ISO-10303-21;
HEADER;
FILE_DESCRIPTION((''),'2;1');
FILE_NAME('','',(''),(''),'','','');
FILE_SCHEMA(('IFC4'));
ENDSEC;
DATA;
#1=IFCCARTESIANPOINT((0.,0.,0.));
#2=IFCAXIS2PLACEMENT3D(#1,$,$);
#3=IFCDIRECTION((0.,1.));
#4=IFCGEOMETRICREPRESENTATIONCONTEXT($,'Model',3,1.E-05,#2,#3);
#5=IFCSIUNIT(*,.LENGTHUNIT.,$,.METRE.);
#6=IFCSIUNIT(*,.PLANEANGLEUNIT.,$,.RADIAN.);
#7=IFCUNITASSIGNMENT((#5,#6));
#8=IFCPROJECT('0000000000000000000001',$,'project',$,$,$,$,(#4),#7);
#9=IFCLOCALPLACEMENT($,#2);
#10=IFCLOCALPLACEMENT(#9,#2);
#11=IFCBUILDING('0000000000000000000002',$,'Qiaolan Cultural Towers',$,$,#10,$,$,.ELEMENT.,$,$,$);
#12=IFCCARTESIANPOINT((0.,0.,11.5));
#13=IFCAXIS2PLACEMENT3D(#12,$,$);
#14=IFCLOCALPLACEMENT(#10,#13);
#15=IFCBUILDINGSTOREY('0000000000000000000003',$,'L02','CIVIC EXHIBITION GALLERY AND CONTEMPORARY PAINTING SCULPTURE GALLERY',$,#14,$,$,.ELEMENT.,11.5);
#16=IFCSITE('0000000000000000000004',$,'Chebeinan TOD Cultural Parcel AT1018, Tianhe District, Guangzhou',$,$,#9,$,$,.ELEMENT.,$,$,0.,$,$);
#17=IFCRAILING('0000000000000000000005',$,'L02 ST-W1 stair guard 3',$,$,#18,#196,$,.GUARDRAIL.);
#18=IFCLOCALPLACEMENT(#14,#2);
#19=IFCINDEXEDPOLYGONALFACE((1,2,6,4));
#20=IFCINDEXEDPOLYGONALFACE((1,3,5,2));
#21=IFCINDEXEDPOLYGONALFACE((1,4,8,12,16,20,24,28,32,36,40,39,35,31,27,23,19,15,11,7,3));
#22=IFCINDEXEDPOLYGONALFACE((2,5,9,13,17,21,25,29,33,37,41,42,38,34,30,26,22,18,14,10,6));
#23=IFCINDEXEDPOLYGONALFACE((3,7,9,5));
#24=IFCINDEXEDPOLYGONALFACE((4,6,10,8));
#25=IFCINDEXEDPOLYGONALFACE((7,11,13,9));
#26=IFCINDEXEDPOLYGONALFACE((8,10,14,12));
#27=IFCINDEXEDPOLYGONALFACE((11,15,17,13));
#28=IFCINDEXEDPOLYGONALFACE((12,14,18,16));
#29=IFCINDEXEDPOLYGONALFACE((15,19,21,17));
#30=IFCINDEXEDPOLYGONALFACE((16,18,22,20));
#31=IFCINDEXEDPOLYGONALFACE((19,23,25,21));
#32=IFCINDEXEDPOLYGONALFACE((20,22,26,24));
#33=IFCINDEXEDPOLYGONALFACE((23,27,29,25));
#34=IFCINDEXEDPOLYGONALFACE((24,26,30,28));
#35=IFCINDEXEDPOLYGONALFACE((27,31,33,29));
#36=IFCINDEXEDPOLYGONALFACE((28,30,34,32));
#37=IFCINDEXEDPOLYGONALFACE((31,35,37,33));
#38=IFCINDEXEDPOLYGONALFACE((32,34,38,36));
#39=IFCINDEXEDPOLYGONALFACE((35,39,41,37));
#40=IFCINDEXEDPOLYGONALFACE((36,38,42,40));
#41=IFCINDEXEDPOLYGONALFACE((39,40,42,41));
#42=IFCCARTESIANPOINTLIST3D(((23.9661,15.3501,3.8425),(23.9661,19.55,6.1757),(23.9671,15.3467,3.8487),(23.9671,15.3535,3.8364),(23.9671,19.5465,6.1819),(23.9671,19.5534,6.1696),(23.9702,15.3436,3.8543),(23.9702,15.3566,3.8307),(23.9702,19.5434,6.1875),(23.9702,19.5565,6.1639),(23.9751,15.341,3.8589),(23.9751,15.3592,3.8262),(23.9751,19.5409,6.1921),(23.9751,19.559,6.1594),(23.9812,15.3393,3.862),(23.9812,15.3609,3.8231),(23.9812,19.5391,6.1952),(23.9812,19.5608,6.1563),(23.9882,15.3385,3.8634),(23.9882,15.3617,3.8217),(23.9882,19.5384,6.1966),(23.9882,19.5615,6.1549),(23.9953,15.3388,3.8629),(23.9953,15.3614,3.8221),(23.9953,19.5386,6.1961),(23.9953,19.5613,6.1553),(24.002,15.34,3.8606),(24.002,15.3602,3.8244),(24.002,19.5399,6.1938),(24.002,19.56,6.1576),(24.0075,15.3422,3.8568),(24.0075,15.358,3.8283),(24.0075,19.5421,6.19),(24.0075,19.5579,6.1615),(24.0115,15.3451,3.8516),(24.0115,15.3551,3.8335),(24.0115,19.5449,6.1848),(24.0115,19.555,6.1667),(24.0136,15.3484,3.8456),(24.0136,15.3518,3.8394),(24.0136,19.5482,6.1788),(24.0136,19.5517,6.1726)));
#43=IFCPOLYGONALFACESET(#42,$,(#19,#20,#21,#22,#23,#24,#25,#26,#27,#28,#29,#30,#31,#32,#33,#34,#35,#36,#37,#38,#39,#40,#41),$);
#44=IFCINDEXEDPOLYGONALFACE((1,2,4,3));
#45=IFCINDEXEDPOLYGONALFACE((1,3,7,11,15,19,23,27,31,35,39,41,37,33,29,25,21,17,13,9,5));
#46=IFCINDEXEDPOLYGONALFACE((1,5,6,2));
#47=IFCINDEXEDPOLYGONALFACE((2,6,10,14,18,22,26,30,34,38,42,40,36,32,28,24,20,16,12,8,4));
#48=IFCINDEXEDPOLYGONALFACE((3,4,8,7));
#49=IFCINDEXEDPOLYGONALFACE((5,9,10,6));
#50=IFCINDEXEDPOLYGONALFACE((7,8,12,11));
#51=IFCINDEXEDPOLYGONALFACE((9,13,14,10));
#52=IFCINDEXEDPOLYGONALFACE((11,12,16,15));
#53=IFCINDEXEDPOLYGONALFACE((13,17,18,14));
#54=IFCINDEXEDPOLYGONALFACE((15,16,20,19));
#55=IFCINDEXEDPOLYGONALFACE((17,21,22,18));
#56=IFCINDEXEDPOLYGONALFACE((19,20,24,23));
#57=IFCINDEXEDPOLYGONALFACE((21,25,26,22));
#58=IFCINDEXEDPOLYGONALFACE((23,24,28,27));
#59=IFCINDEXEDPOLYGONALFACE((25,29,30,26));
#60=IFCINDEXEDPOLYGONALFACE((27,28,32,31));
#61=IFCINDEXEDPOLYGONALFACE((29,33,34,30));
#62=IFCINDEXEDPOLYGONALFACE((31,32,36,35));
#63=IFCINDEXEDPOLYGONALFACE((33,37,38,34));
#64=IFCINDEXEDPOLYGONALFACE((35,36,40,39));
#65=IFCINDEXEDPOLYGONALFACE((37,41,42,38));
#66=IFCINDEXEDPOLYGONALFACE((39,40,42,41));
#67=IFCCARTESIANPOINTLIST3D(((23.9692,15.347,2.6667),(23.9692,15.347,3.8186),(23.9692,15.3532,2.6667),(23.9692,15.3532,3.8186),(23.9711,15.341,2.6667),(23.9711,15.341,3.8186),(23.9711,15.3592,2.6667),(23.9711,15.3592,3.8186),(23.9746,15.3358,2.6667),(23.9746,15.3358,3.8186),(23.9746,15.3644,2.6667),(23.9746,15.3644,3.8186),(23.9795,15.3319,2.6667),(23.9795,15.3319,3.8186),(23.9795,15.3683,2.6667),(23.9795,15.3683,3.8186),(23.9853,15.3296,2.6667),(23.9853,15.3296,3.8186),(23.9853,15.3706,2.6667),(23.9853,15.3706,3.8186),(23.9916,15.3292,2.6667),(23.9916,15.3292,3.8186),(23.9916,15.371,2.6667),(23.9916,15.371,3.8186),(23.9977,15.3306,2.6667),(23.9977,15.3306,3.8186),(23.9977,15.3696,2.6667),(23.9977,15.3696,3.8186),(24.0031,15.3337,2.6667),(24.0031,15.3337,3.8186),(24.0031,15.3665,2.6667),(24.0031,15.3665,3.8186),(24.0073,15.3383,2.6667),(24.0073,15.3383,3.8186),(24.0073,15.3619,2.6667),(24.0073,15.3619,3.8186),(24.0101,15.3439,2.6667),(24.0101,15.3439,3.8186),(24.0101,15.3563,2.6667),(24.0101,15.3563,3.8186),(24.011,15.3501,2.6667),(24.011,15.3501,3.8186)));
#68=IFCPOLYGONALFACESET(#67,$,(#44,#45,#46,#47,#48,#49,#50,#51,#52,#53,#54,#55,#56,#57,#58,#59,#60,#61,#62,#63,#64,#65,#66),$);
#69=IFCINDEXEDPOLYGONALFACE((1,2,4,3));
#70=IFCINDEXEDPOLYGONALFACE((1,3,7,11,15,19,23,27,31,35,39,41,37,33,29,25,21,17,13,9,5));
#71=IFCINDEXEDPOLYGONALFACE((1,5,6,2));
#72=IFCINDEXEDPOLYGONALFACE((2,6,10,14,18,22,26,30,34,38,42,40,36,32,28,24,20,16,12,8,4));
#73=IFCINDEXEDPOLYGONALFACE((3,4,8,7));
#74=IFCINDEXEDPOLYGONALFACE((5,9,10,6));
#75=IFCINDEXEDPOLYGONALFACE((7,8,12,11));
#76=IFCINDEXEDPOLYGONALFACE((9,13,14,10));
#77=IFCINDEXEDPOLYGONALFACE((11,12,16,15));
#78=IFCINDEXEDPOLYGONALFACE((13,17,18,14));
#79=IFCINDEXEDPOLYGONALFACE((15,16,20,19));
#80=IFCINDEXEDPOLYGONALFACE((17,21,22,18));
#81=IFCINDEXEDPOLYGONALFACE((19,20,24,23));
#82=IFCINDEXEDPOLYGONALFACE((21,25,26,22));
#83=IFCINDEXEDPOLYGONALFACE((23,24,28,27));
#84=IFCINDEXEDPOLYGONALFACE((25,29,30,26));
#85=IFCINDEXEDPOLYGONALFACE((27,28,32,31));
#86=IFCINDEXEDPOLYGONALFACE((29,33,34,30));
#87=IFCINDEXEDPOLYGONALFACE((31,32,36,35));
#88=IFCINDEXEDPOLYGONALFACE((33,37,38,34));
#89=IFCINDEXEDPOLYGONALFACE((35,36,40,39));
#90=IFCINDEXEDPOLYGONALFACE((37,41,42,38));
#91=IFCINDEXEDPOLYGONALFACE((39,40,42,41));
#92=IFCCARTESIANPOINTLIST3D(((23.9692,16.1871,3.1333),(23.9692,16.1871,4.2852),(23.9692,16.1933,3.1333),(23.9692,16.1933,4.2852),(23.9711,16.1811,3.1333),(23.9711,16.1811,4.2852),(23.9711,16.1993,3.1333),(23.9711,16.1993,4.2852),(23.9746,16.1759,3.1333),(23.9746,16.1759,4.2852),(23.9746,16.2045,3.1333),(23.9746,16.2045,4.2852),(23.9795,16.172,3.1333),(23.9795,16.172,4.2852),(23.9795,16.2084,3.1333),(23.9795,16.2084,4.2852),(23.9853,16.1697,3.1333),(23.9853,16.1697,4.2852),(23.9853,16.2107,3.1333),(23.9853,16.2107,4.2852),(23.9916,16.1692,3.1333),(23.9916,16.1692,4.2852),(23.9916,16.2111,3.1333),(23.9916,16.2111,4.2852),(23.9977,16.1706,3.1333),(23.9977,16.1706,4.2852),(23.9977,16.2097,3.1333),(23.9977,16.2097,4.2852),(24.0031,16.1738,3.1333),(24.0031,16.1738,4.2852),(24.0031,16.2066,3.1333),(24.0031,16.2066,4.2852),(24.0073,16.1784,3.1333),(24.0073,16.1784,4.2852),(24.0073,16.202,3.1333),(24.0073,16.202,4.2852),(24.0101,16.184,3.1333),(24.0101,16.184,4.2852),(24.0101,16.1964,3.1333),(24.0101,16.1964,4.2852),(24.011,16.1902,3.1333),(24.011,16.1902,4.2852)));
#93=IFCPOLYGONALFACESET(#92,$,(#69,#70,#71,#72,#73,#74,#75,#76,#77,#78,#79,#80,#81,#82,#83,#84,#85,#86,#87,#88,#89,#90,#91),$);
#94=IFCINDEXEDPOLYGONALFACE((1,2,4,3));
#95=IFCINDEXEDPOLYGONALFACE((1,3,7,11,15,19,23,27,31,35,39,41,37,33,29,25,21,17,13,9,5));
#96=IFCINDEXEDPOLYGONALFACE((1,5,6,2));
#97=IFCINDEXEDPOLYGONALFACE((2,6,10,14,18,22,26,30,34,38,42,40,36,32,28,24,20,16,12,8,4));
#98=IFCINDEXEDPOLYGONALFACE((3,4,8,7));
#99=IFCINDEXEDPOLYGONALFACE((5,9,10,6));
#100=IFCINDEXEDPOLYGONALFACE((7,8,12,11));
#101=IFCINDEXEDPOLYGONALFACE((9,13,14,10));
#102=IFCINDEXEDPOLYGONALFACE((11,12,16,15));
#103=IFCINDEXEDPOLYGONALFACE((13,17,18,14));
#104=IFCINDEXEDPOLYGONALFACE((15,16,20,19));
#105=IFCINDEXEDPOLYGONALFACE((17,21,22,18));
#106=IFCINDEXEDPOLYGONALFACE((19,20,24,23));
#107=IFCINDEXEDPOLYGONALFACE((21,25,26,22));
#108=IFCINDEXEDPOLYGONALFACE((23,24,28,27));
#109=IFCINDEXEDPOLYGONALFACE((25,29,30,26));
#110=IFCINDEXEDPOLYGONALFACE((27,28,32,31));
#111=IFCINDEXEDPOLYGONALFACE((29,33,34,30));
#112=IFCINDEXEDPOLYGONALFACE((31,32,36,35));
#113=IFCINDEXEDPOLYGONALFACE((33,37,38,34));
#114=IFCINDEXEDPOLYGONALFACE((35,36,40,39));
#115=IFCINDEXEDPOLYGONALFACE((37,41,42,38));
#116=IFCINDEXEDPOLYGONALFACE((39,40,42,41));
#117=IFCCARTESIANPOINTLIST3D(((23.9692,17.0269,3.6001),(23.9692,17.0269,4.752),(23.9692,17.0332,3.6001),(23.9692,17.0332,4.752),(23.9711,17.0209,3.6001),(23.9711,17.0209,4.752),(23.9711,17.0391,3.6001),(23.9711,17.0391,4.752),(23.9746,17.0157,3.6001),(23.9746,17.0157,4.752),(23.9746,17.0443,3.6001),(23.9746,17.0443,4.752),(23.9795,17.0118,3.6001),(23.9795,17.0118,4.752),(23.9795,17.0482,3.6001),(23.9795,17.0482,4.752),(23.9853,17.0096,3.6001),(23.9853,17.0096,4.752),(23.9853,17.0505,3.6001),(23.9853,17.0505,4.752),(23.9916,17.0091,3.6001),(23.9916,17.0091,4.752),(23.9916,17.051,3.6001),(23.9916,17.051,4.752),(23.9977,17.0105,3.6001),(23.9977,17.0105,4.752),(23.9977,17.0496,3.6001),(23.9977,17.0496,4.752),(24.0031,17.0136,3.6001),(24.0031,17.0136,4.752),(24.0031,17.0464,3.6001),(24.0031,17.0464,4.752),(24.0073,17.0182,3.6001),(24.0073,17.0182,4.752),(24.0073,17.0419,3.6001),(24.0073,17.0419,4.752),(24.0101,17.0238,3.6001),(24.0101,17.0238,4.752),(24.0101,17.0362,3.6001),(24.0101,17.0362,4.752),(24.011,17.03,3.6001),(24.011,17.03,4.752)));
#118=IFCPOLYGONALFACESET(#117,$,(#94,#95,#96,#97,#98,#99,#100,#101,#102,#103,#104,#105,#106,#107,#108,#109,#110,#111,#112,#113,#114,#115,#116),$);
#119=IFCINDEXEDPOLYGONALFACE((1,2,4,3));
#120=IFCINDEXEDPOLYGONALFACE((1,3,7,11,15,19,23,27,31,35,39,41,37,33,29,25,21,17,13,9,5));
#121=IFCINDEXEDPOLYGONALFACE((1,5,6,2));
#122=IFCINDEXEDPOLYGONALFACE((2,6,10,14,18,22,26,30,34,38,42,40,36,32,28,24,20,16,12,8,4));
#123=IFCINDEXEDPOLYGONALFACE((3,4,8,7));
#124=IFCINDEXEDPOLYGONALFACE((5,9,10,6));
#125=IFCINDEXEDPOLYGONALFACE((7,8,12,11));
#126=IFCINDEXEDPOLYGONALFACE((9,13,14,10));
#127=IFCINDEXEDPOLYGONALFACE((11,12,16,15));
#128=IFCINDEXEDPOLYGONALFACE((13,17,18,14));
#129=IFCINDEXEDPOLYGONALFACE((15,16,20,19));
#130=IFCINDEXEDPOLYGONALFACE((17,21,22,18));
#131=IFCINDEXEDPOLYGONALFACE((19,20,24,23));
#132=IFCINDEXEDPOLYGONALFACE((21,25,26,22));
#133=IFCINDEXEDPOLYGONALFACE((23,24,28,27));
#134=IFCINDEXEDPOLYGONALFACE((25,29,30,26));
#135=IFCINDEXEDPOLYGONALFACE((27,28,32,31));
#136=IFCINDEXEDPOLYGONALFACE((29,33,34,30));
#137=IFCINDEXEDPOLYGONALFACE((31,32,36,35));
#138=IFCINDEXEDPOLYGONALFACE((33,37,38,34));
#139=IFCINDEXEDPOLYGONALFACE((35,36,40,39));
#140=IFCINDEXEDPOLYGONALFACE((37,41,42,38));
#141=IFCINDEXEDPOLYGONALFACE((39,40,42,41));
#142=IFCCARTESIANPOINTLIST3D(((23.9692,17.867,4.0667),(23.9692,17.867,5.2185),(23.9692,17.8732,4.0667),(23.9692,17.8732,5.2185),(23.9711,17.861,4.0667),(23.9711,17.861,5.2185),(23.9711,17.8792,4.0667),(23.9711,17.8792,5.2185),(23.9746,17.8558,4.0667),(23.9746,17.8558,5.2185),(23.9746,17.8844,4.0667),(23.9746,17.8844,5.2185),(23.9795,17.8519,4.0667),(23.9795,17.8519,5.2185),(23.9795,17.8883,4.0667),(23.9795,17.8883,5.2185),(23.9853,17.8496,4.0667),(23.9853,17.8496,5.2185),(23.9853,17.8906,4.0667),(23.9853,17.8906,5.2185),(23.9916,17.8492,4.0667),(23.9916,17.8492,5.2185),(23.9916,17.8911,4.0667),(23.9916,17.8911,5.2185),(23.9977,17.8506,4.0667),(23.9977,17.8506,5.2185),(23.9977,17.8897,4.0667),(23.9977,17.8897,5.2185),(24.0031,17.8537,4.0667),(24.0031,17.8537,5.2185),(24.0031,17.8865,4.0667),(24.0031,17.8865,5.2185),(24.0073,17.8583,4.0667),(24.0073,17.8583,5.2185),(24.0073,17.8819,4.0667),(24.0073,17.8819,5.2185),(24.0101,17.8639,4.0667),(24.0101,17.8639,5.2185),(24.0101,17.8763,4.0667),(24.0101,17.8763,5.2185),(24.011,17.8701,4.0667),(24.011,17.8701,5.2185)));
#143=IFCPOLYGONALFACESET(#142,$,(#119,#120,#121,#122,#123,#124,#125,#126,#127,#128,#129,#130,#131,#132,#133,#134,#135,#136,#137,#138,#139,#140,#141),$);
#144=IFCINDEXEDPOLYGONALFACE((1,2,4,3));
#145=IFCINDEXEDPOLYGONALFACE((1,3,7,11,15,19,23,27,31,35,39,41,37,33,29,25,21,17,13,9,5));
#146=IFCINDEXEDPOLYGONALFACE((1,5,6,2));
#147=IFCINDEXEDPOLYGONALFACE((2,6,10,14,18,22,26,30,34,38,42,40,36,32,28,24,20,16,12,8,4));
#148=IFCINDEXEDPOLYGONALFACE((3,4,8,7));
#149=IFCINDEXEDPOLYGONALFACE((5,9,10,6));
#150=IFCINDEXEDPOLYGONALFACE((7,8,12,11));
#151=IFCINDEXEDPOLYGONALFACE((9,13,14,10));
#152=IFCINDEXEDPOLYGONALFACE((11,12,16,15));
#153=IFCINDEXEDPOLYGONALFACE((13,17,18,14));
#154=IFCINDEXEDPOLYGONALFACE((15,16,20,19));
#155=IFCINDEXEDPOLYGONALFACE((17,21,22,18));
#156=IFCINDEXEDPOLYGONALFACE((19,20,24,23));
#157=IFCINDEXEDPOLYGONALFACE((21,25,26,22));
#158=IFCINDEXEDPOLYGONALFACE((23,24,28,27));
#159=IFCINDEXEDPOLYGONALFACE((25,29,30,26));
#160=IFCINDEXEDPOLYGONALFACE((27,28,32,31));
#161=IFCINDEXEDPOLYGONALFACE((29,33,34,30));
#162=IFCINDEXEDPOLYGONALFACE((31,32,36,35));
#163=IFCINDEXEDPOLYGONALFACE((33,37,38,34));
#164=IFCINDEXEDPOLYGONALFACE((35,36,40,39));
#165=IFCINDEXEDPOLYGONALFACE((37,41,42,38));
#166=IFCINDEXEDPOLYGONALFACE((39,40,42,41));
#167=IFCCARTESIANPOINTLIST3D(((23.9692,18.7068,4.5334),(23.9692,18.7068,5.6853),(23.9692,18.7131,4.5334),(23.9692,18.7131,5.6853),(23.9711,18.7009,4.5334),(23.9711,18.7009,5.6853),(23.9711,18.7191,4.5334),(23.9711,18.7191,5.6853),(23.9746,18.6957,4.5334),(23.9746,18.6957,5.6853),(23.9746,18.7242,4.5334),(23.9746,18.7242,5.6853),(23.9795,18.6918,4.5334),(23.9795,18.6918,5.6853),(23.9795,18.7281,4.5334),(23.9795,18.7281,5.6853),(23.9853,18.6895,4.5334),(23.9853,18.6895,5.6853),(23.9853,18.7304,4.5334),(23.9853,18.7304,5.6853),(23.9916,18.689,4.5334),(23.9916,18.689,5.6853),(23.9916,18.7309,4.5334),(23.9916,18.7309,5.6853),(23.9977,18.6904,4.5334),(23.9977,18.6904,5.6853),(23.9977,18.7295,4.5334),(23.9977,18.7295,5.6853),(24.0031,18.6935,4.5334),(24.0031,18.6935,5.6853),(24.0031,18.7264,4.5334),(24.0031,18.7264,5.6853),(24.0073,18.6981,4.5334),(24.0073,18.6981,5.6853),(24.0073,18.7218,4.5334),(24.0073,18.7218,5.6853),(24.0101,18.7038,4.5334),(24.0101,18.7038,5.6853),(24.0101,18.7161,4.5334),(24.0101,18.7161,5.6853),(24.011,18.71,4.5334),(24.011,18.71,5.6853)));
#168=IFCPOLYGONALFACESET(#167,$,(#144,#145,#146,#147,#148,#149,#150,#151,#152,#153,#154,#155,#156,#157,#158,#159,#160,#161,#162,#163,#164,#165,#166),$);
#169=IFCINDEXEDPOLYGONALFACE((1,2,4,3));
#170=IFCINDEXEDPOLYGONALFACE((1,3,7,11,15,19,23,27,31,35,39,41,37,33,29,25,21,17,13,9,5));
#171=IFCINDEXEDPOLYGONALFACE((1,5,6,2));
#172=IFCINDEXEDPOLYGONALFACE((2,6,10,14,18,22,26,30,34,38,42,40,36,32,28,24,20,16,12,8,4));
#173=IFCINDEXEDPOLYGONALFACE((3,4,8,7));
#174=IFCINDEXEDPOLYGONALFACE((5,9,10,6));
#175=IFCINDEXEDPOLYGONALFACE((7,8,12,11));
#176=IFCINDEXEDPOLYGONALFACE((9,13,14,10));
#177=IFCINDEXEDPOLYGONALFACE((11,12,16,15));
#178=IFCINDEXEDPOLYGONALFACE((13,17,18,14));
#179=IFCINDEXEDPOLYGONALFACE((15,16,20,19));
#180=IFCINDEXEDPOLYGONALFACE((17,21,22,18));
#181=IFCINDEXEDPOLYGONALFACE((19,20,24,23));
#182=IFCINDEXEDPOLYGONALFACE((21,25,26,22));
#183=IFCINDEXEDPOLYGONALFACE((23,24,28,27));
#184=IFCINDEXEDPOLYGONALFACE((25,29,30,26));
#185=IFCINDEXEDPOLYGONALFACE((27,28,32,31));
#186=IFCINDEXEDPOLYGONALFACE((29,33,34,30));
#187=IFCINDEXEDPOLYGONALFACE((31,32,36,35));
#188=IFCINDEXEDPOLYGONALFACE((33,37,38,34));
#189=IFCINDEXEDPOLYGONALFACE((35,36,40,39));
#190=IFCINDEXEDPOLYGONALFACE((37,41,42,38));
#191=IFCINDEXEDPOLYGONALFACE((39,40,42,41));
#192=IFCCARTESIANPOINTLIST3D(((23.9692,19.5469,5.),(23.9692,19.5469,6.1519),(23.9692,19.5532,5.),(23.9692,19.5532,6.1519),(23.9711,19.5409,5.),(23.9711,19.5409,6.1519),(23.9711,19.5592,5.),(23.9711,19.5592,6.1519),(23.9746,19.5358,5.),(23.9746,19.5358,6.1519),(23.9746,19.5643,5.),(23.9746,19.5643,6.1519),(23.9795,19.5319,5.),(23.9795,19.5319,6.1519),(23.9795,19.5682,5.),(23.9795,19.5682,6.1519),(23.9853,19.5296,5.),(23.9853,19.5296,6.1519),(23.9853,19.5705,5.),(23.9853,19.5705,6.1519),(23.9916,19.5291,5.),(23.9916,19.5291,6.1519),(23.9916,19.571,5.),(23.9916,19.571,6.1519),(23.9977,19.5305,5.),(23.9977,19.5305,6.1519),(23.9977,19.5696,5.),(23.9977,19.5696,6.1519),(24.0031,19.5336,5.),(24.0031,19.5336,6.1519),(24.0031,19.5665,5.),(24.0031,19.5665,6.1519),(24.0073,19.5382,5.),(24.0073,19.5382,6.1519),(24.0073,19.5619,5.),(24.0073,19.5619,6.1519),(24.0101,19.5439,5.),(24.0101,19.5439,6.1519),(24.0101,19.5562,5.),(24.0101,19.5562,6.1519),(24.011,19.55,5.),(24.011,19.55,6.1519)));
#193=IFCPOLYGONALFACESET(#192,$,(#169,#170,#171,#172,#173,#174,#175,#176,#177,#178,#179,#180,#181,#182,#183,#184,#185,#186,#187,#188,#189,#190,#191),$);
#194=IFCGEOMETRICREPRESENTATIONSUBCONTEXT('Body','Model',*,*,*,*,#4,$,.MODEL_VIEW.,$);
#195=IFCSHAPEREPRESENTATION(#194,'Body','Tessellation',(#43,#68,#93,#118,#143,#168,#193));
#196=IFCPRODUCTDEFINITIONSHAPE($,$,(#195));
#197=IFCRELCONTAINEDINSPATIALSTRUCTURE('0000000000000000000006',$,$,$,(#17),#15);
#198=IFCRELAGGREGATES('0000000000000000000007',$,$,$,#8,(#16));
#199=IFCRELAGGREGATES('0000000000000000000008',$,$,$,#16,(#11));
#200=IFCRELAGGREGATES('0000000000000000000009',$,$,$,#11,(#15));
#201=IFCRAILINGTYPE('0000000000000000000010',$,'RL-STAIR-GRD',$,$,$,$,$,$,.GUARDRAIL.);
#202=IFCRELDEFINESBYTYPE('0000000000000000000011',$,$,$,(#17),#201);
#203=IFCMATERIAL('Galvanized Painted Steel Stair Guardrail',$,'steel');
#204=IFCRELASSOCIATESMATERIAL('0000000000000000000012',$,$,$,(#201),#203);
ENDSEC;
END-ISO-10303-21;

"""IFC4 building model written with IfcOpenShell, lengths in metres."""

from ifc_helpers import new_model, si_unit, direction, frame, origin, origin_2d, place, context, subcontext, project, spatial, circle, extrude, material, type_object, element, save


model = new_model("IFC4")

# Units and contexts
model_context = context("Model", 3, precision=1e-05, world=origin(), true_north=direction((0.0, 1.0)))
body_context = subcontext(model_context, "Body", "Model", "MODEL_VIEW")
ifc_project = project(units=[si_unit("LENGTHUNIT", "METRE"), si_unit("PLANEANGLEUNIT", "RADIAN")], contexts=[model_context])

# Site, building, storey
site_placement = place(None, origin())
site = spatial("IfcSite", under=ifc_project, at=site_placement, Name="Chebeinan TOD Cultural Parcel AT1018, Tianhe District, Guangzhou", CompositionType="ELEMENT", RefElevation=0.0)
building_placement = place(site_placement, origin())
building = spatial("IfcBuilding", under=site, at=building_placement, Name="Qiaolan Cultural Towers", CompositionType="ELEMENT")
storey_placement = place(building_placement, frame((0.0, 0.0, 11.5)))
storey = spatial("IfcBuildingStorey", under=building, at=storey_placement, Name="L02", Description="CIVIC EXHIBITION GALLERY AND CONTEMPORARY PAINTING SCULPTURE GALLERY", CompositionType="ELEMENT", Elevation=11.5)

# Railing
ifc_material_1 = material(Name="Galvanized Painted Steel Stair Guardrail", Category="steel")
railing_type_1 = type_object("IfcRailingType", Name="RL-STAIR-GRD", PredefinedType="GUARDRAIL", material=ifc_material_1)
railing_1_placement = place(storey_placement, frame((23.99, 15.3501, 2.6667)))
element("IfcRailing", 1, at=railing_1_placement, inside=storey, type_object=railing_type_1, Name="L02 ST-W1 stair guard 3", PredefinedType="GUARDRAIL", context=body_context, shape_type="SweptSolid", body=[
    extrude(circle(Radius=0.0239, at=origin_2d()), frame((0.0, 0.0, 1.1758), z_axis=(0.0, 0.874162, 0.485634), x_axis=(-1.0, 0.0, 0.0)), (0.0, 0.0, 1.0), 4.8044),
    extrude(circle(Radius=0.021, at=origin_2d()), origin(), (0.0, 0.0, 1.0), 1.1519),
    extrude(circle(Radius=0.021, at=origin_2d()), frame((0.0, 0.8401, 0.4666)), (0.0, 0.0, 1.0), 1.1519),
    extrude(circle(Radius=0.021, at=origin_2d()), frame((0.0, 1.6799, 0.9333)), (0.0, 0.0, 1.0), 1.1519),
    extrude(circle(Radius=0.021, at=origin_2d()), frame((0.0, 2.52, 1.3999)), (0.0, 0.0, 1.0), 1.1519),
    extrude(circle(Radius=0.021, at=origin_2d()), frame((0.0, 3.3599, 1.8667)), (0.0, 0.0, 1.0), 1.1519),
    extrude(circle(Radius=0.021, at=origin_2d()), frame((0.0, 4.2, 2.3333)), (0.0, 0.0, 1.0), 1.1519),
])

save(model, "model.ifc")
